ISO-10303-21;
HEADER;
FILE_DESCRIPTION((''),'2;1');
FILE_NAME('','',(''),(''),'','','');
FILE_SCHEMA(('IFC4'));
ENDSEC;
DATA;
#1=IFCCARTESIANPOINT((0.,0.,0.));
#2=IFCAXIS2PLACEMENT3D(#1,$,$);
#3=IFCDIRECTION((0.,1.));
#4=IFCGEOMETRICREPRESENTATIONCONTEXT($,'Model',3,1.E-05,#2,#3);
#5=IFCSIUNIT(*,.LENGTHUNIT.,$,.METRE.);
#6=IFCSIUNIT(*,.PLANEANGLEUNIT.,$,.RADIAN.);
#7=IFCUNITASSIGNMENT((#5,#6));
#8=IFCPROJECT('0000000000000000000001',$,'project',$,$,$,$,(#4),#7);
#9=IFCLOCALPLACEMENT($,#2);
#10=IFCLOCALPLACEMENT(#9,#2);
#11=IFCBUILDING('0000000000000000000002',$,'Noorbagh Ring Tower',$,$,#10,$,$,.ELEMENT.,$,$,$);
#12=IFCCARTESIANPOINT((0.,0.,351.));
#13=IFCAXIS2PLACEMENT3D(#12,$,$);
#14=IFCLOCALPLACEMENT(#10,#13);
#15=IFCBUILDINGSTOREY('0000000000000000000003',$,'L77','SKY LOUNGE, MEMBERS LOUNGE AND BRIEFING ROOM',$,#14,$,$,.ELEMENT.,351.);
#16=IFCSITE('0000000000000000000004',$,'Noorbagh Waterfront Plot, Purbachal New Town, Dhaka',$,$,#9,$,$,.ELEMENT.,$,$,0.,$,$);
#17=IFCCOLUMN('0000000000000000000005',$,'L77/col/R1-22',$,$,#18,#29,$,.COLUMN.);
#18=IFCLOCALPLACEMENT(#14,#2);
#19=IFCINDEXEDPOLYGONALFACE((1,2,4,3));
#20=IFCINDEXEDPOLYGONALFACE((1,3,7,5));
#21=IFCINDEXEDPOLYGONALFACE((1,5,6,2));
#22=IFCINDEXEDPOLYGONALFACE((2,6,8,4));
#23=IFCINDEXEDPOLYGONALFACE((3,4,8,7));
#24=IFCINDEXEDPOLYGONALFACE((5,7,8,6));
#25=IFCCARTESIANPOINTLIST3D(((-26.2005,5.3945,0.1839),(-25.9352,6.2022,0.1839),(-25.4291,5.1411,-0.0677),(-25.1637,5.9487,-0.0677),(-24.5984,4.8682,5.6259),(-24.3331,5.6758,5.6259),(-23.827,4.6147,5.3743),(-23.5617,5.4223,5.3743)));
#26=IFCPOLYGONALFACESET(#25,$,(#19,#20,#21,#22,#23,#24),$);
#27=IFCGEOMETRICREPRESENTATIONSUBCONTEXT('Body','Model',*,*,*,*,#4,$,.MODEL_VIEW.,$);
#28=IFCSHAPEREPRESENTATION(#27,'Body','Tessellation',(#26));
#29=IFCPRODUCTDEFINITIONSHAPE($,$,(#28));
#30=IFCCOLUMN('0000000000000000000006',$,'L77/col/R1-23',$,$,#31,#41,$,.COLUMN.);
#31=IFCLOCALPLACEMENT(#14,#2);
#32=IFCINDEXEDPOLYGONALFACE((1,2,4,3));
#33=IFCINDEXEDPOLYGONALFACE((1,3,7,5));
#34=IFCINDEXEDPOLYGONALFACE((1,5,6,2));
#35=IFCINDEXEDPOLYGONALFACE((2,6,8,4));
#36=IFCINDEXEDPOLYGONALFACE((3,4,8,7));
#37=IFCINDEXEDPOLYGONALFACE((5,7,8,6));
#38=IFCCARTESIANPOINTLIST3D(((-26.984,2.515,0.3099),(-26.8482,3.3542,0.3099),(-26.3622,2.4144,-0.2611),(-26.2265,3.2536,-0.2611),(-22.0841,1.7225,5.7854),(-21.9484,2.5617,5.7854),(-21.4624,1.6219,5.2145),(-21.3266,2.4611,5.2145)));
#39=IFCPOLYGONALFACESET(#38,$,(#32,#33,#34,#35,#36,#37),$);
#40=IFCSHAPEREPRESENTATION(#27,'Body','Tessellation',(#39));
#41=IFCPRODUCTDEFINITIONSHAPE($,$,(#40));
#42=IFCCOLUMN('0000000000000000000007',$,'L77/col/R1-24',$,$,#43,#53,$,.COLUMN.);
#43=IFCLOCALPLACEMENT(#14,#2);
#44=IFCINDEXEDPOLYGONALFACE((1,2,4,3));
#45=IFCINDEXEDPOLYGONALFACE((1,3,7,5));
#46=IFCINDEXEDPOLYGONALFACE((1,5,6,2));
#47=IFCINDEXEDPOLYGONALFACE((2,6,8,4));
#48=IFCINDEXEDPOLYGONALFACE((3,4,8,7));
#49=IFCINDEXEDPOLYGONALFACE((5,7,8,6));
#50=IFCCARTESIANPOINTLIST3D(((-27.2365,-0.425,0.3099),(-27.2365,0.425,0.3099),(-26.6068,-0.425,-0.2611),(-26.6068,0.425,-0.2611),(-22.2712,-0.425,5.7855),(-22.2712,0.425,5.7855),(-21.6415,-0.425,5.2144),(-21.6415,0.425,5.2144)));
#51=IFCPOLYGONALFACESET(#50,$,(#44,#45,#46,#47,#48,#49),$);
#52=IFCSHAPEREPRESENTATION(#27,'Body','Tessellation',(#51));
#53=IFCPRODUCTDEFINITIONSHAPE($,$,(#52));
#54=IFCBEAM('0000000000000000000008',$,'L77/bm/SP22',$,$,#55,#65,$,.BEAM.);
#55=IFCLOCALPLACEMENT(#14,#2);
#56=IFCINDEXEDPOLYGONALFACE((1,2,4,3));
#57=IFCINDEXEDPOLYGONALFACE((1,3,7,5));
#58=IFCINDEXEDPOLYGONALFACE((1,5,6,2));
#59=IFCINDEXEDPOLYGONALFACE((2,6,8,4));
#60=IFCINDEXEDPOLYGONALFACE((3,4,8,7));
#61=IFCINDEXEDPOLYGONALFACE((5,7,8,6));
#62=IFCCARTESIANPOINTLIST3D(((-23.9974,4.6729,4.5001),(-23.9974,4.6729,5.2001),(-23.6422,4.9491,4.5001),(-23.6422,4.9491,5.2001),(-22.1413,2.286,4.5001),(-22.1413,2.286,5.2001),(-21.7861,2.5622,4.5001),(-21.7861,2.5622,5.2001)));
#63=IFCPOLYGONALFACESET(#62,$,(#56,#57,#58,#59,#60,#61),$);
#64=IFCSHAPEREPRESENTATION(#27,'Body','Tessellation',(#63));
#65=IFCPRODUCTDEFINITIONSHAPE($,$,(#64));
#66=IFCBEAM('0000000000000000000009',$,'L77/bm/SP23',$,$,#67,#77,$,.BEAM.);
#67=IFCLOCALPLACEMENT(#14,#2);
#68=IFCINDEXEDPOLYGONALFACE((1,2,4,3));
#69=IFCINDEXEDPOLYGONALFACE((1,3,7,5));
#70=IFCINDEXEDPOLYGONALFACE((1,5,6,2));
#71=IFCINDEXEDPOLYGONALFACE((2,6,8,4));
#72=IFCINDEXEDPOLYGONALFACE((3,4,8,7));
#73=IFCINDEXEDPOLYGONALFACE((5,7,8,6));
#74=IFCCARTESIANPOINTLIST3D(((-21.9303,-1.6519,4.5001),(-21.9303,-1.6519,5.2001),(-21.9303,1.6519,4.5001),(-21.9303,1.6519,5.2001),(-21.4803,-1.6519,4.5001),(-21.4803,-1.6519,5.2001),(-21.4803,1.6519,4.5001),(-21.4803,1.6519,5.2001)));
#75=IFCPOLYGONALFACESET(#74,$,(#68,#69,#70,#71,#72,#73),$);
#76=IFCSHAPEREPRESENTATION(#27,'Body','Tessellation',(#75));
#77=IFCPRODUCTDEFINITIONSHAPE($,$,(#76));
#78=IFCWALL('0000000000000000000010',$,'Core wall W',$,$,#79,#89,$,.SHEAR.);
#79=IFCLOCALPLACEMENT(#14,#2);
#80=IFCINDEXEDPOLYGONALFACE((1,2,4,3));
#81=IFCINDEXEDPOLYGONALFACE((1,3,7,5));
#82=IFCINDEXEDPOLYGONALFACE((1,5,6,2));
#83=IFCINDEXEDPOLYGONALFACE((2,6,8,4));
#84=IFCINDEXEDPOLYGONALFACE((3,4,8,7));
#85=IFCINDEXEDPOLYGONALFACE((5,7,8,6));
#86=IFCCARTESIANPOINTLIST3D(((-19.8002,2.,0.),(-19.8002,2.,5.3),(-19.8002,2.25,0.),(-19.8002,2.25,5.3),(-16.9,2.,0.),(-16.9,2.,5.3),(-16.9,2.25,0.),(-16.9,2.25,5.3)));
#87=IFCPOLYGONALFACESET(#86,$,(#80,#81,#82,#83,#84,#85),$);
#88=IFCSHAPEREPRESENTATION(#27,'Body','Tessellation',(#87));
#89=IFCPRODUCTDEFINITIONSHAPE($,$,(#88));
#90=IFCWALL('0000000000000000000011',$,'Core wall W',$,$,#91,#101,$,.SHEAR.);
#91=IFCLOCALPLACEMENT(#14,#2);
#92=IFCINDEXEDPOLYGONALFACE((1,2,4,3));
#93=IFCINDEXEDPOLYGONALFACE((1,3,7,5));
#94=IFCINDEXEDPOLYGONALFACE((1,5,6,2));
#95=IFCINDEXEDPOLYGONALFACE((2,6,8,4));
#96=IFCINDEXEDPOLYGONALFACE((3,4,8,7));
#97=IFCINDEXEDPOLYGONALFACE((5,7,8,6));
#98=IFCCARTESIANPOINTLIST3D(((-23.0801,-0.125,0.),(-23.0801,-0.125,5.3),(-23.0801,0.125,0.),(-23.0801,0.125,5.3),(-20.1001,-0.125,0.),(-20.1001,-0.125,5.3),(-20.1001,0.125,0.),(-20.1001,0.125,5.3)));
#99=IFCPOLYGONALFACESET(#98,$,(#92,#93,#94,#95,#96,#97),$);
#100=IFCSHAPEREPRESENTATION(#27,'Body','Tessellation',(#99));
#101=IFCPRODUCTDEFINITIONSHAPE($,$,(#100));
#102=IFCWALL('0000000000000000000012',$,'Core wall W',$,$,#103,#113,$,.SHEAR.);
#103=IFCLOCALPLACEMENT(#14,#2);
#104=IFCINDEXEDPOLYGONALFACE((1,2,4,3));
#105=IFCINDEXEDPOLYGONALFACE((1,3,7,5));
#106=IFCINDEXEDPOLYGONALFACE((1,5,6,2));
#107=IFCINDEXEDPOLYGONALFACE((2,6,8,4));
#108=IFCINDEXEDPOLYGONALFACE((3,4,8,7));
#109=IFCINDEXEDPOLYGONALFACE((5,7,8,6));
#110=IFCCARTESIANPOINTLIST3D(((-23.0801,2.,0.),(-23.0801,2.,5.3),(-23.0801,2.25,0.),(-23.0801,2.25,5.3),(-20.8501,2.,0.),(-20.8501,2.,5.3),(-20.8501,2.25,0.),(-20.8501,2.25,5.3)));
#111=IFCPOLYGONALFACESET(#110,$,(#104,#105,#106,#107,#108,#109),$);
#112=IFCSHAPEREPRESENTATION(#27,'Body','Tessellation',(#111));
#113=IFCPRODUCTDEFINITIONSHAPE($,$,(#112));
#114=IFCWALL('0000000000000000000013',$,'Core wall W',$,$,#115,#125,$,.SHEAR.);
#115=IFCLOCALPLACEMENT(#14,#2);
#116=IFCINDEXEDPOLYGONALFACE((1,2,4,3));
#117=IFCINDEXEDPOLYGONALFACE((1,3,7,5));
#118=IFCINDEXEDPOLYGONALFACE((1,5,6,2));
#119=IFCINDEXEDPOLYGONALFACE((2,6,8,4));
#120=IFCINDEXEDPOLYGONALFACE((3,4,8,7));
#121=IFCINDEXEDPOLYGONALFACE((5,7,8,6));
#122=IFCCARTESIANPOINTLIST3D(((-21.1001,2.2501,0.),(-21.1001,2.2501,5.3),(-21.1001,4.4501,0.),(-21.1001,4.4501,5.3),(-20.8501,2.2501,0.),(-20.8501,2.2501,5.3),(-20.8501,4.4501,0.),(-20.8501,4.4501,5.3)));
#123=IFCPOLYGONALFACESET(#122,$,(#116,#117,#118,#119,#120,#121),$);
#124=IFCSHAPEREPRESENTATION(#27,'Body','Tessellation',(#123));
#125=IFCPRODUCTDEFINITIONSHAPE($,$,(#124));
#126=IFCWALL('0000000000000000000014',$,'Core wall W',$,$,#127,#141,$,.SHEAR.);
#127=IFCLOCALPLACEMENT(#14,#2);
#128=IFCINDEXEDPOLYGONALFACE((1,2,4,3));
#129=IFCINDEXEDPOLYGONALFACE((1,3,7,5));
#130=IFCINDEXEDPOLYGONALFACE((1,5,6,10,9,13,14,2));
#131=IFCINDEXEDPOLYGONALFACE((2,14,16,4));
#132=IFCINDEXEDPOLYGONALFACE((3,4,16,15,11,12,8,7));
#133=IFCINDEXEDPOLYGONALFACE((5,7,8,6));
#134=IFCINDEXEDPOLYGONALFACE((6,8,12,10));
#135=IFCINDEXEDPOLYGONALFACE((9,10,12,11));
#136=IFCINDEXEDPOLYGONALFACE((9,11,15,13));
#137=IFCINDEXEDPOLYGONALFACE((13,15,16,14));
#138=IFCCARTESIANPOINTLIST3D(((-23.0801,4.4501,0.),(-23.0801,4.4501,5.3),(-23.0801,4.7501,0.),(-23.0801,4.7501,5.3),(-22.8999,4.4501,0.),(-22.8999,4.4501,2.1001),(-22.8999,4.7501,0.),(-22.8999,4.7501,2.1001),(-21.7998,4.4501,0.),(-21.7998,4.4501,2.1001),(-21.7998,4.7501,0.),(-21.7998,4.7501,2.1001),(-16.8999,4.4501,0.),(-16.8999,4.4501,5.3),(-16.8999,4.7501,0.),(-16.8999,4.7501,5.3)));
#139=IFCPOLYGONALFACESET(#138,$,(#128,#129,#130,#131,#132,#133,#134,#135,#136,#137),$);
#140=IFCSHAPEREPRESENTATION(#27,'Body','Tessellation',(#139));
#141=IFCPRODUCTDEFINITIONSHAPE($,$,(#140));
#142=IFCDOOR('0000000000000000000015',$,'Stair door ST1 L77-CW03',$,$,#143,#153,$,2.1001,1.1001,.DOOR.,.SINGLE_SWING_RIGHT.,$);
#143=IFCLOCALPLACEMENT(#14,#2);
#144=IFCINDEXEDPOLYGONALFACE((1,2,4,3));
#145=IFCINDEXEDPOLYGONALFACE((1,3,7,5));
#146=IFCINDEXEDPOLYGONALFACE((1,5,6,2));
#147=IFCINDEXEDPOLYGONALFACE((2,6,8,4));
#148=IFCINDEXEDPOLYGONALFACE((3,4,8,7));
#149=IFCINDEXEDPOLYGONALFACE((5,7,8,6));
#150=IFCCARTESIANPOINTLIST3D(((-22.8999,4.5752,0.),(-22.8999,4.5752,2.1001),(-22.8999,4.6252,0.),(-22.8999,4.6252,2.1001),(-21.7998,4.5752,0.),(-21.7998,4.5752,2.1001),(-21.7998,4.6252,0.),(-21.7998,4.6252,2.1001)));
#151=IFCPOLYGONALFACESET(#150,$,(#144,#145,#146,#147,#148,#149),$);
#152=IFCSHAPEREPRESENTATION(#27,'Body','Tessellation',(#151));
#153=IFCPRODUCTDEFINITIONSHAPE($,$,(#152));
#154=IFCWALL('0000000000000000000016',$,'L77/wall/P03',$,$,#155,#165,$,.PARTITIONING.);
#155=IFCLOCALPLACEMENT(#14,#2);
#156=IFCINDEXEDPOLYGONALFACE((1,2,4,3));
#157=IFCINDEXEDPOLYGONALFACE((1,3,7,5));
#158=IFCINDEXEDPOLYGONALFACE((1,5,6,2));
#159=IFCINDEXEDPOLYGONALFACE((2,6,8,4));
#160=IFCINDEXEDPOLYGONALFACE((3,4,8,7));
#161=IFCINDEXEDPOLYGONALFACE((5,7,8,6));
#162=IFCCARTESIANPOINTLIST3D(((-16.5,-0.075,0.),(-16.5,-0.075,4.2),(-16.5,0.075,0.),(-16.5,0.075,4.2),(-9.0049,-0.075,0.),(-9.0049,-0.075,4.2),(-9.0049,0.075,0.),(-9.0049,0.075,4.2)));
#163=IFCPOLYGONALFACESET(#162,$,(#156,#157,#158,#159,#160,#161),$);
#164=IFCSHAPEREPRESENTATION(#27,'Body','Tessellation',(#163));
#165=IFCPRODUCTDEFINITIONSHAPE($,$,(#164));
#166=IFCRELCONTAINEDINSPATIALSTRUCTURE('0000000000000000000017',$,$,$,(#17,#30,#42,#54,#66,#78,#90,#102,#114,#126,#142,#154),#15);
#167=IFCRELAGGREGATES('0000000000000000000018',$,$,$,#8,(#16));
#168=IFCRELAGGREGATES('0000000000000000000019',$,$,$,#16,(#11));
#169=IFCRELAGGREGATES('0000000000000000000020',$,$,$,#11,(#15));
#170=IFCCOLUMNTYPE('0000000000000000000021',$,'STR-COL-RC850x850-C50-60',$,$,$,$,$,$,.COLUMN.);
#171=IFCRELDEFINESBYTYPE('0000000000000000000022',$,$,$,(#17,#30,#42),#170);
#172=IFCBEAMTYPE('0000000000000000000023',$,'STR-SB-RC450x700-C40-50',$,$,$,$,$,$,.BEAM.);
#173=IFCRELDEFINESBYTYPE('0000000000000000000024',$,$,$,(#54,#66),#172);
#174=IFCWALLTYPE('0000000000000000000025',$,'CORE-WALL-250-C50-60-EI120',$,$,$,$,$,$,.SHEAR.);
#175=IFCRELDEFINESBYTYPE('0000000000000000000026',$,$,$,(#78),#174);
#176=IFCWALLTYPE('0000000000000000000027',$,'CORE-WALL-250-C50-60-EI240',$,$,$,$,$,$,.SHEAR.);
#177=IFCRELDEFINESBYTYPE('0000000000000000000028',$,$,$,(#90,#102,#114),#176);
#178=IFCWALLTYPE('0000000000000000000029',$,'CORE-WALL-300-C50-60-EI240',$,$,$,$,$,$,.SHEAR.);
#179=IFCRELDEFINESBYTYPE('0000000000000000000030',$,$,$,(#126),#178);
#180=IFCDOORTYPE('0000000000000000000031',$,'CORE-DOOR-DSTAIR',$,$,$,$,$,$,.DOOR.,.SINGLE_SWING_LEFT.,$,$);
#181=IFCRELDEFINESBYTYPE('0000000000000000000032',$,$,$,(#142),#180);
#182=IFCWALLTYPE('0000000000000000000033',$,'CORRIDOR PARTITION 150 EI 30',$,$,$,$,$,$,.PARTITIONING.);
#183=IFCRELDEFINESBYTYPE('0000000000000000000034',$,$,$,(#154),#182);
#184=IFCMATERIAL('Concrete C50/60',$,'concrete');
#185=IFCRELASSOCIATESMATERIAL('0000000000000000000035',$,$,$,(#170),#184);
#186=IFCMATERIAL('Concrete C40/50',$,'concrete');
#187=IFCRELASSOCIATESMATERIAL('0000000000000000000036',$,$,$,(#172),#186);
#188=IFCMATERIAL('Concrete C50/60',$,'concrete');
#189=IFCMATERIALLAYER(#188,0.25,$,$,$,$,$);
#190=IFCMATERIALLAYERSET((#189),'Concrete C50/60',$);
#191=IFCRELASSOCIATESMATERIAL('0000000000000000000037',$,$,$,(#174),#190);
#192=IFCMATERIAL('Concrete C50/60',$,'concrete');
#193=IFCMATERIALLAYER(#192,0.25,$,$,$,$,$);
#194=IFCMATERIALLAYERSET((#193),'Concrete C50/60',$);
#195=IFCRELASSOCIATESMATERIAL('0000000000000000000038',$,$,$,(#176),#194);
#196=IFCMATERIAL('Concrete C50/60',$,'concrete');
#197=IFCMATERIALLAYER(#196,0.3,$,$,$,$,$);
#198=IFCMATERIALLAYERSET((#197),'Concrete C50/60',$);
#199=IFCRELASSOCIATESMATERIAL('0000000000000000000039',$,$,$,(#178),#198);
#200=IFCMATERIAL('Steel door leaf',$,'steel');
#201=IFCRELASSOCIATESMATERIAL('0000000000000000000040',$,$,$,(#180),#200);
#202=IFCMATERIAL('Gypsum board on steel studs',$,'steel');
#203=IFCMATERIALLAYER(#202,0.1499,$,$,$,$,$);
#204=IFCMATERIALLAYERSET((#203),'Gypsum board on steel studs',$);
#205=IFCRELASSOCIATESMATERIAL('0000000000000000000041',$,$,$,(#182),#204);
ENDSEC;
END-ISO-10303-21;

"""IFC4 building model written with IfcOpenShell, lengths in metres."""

from ifc_helpers import new_model, si_unit, direction, frame, frame_2d, origin, origin_2d, place, context, subcontext, project, spatial, rectangle, extrude, material, layer, layer_set, material_profile, profile_set, type_object, element, fill, save


model = new_model("IFC4")

# Units and contexts
model_context = context("Model", 3, precision=1e-05, world=origin(), true_north=direction((0.0, 1.0)))
body_context = subcontext(model_context, "Body", "Model", "MODEL_VIEW")
ifc_project = project(units=[si_unit("LENGTHUNIT", "METRE"), si_unit("PLANEANGLEUNIT", "RADIAN")], contexts=[model_context])

# Site, building, storey
site_placement = place(None, origin())
site = spatial("IfcSite", under=ifc_project, at=site_placement, Name="Noorbagh Waterfront Plot, Purbachal New Town, Dhaka", CompositionType="ELEMENT", RefElevation=0.0)
building_placement = place(site_placement, origin())
building = spatial("IfcBuilding", under=site, at=building_placement, Name="Noorbagh Ring Tower", CompositionType="ELEMENT")
storey_placement = place(building_placement, frame((0.0, 0.0, 351.0)))
storey = spatial("IfcBuildingStorey", under=building, at=storey_placement, Name="L77", Description="SKY LOUNGE, MEMBERS LOUNGE AND BRIEFING ROOM", CompositionType="ELEMENT", Elevation=351.0)

# Columns
ifc_material_1 = material(Name="Concrete C50/60", Category="concrete")
ifc_material_profile_1 = material_profile(ifc_material_1, rectangle(XDim=0.8501, YDim=0.8501, at=origin_2d()), Name="RC850x850")
ifc_profile_set_1 = profile_set([ifc_material_profile_1], Name="Concrete C50/60")
column_type = type_object("IfcColumnType", Name="STR-COL-RC850x850-C50-60", PredefinedType="COLUMN", material=ifc_profile_set_1)
column_1_placement = place(storey_placement, frame((-25.6821, 5.6716, 0.0581), z_axis=(0.281201, -0.092391, 0.955191), x_axis=(0.312142, 0.950035, 0.0)))
element("IfcColumn", 1, at=column_1_placement, inside=storey, type_object=column_type, Name="L77/col/R1-22", PredefinedType="COLUMN", context=body_context, shape_type="SweptSolid", body=[
    extrude(rectangle(XDim=0.8501, YDim=0.8501, at=origin_2d()), origin(), (0.0, 0.0, 1.0), 5.6973),
])
column_2_placement = place(storey_placement, frame((-26.6052, 2.8843, 0.0244), z_axis=(0.663002, -0.10723, 0.740898), x_axis=(0.159659, 0.987172, 0.0)))
element("IfcColumn", 2, at=column_2_placement, inside=storey, type_object=column_type, Name="L77/col/R1-23", PredefinedType="COLUMN", context=body_context, shape_type="SweptSolid", body=[
    extrude(rectangle(XDim=0.8501, YDim=0.8501, at=origin_2d()), origin(), (0.0, 0.0, 1.0), 7.3904),
])
column_3_placement = place(storey_placement, frame((-26.9216, 0.0, 0.0244), z_axis=(0.671748, 0.0, 0.740779), x_axis=(0.0, 1.0, 0.0)))
element("IfcColumn", 3, at=column_3_placement, inside=storey, type_object=column_type, Name="L77/col/R1-24", PredefinedType="COLUMN", context=body_context, shape_type="SweptSolid", body=[
    extrude(rectangle(XDim=0.8501, YDim=0.8501, at=origin_2d()), origin(), (0.0, 0.0, 1.0), 7.3916),
])

# Beams
ifc_material_2 = material(Name="Concrete C40/50", Category="concrete")
ifc_material_profile_2 = material_profile(ifc_material_2, rectangle(XDim=0.45, YDim=0.7, at=origin_2d()), Name="RC450x700")
ifc_profile_set_2 = profile_set([ifc_material_profile_2], Name="Concrete C40/50")
beam_type = type_object("IfcBeamType", Name="STR-SB-RC450x700-C40-50", PredefinedType="BEAM", material=ifc_profile_set_2)
beam_1_placement = place(storey_placement, frame((-23.8198, 4.811, 4.8501), z_axis=(0.613874, -0.789404, 0.0), x_axis=(0.789404, 0.613874, 0.0)))
element("IfcBeam", 4, at=beam_1_placement, inside=storey, type_object=beam_type, Name="L77/bm/SP22", PredefinedType="BEAM", context=body_context, shape_type="SweptSolid", body=[
    extrude(rectangle(XDim=0.45, YDim=0.7, at=origin_2d()), origin(), (0.0, 0.0, 1.0), 3.0237),
])
beam_2_placement = place(storey_placement, frame((-21.7053, 1.6519, 4.8501), z_axis=(0.0, -1.0, 0.0), x_axis=(1.0, 0.0, 0.0)))
element("IfcBeam", 5, at=beam_2_placement, inside=storey, type_object=beam_type, Name="L77/bm/SP23", PredefinedType="BEAM", context=body_context, shape_type="SweptSolid", body=[
    extrude(rectangle(XDim=0.45, YDim=0.7, at=origin_2d()), origin(), (0.0, 0.0, 1.0), 3.3037),
])

# Walls
ifc_material_3 = material(Name="Concrete C50/60", Category="concrete")
ifc_layer_1 = layer(ifc_material_3, 0.25)
ifc_layer_set_1 = layer_set([ifc_layer_1], Name="Concrete C50/60")
wall_type_1 = type_object("IfcWallType", Name="CORE-WALL-250-C50-60-EI120", PredefinedType="SHEAR", material=ifc_layer_set_1)
wall_1_placement = place(storey_placement, frame((-16.8999, 2.125, 0.0), z_axis=(0.0, 0.0, 1.0), x_axis=(-1.0, 0.0, 0.0)))
element("IfcWall", 6, at=wall_1_placement, inside=storey, type_object=wall_type_1, Name="Core wall W", PredefinedType="SHEAR", context=body_context, shape_type="SweptSolid", body=[
    extrude(rectangle(XDim=2.9001, YDim=0.25, at=frame_2d((1.4502, 0.0))), origin(), (0.0, 0.0, 1.0), 5.3),
])
ifc_material_4 = material(Name="Concrete C50/60", Category="concrete")
ifc_layer_2 = layer(ifc_material_4, 0.25)
ifc_layer_set_2 = layer_set([ifc_layer_2], Name="Concrete C50/60")
wall_type_2 = type_object("IfcWallType", Name="CORE-WALL-250-C50-60-EI240", PredefinedType="SHEAR", material=ifc_layer_set_2)
wall_2_placement = place(storey_placement, frame((-20.1001, 0.0, 0.0), z_axis=(0.0, 0.0, 1.0), x_axis=(-1.0, 0.0, 0.0)))
element("IfcWall", 7, at=wall_2_placement, inside=storey, type_object=wall_type_2, Name="Core wall W", PredefinedType="SHEAR", context=body_context, shape_type="SweptSolid", body=[
    extrude(rectangle(XDim=2.98, YDim=0.25, at=frame_2d((1.49, 0.0))), origin(), (0.0, 0.0, 1.0), 5.3),
])
wall_3_placement = place(storey_placement, frame((-20.8501, 2.125, 0.0), z_axis=(0.0, 0.0, 1.0), x_axis=(-1.0, 0.0, 0.0)))
element("IfcWall", 8, at=wall_3_placement, inside=storey, type_object=wall_type_2, Name="Core wall W", PredefinedType="SHEAR", context=body_context, shape_type="SweptSolid", body=[
    extrude(rectangle(XDim=2.23, YDim=0.25, at=frame_2d((1.115, 0.0))), origin(), (0.0, 0.0, 1.0), 5.3),
])
wall_4_placement = place(storey_placement, frame((-20.9751, 2.25, 0.0), z_axis=(0.0, 0.0, 1.0), x_axis=(0.0, 1.0, 0.0)))
element("IfcWall", 9, at=wall_4_placement, inside=storey, type_object=wall_type_2, Name="Core wall W", PredefinedType="SHEAR", context=body_context, shape_type="SweptSolid", body=[
    extrude(rectangle(XDim=2.2, YDim=0.25, at=frame_2d((1.1001, 0.0))), origin(), (0.0, 0.0, 1.0), 5.3),
])

# Wall, opening, door
ifc_material_5 = material(Name="Concrete C50/60", Category="concrete")
ifc_layer_3 = layer(ifc_material_5, 0.3)
ifc_layer_set_3 = layer_set([ifc_layer_3], Name="Concrete C50/60")
wall_type_3 = type_object("IfcWallType", Name="CORE-WALL-300-C50-60-EI240", PredefinedType="SHEAR", material=ifc_layer_set_3)
wall_5_placement = place(storey_placement, frame((-16.8999, 4.6001, 0.0), z_axis=(0.0, 0.0, 1.0), x_axis=(-1.0, 0.0, 0.0)))
wall_5 = element("IfcWall", 10, at=wall_5_placement, inside=storey, type_object=wall_type_3, Name="Core wall W", PredefinedType="SHEAR", context=body_context, shape_type="SweptSolid", body=[
    extrude(rectangle(XDim=6.1802, YDim=0.3, at=frame_2d((3.0901, 0.0))), origin(), (0.0, 0.0, 1.0), 5.3),
])
opening_placement = place(wall_5_placement, frame((4.8999, 0.0, 0.0)))
opening = element("IfcOpeningElement", 11, at=opening_placement, cuts=wall_5, PredefinedType="OPENING", context=body_context, shape_type="SweptSolid", body=[
    extrude(rectangle(XDim=1.1001, YDim=2.1001, at=frame_2d((0.55, 1.05))), frame((0.0, 0.1602, 0.0), z_axis=(0.0, -1.0, 0.0), x_axis=(1.0, 0.0, 0.0)), (0.0, 0.0, 1.0), 0.3201),
])
ifc_material_6 = material(Name="Steel door leaf", Category="steel")
door_type = type_object("IfcDoorType", Name="CORE-DOOR-DSTAIR", OperationType="SINGLE_SWING_LEFT", PredefinedType="DOOR", material=ifc_material_6)
door_placement = place(opening_placement, origin())
door = element("IfcDoor", 12, at=door_placement, inside=storey, type_object=door_type, Name="Stair door ST1 L77-CW03", OperationType="SINGLE_SWING_RIGHT", OverallHeight=2.1001, OverallWidth=1.1001, PredefinedType="DOOR", context=body_context, shape_type="SweptSolid", body=[
    extrude(rectangle(XDim=1.1001, YDim=2.1001, at=frame_2d((0.55, 1.05))), frame((0.0, 0.0249, 0.0), z_axis=(0.0, -1.0, 0.0), x_axis=(1.0, 0.0, 0.0)), (0.0, 0.0, 1.0), 0.05),
])
fill(opening, door)

# Wall
ifc_material_7 = material(Name="Gypsum board on steel studs", Category="steel")
ifc_layer_4 = layer(ifc_material_7, 0.1499)
ifc_layer_set_4 = layer_set([ifc_layer_4], Name="Gypsum board on steel studs")
wall_type_4 = type_object("IfcWallType", Name="CORRIDOR PARTITION 150 EI 30", PredefinedType="PARTITIONING", material=ifc_layer_set_4)
wall_6_placement = place(storey_placement, frame((-16.5, 0.0, 0.0), z_axis=(0.0, 0.0, 1.0), x_axis=(1.0, 0.0, 0.0)))
element("IfcWall", 13, at=wall_6_placement, inside=storey, type_object=wall_type_4, Name="L77/wall/P03", PredefinedType="PARTITIONING", context=body_context, shape_type="SweptSolid", body=[
    extrude(rectangle(XDim=7.4951, YDim=0.1499, at=frame_2d((3.7476, 0.0))), origin(), (0.0, 0.0, 1.0), 4.2),
])

save(model, "model.ifc")
